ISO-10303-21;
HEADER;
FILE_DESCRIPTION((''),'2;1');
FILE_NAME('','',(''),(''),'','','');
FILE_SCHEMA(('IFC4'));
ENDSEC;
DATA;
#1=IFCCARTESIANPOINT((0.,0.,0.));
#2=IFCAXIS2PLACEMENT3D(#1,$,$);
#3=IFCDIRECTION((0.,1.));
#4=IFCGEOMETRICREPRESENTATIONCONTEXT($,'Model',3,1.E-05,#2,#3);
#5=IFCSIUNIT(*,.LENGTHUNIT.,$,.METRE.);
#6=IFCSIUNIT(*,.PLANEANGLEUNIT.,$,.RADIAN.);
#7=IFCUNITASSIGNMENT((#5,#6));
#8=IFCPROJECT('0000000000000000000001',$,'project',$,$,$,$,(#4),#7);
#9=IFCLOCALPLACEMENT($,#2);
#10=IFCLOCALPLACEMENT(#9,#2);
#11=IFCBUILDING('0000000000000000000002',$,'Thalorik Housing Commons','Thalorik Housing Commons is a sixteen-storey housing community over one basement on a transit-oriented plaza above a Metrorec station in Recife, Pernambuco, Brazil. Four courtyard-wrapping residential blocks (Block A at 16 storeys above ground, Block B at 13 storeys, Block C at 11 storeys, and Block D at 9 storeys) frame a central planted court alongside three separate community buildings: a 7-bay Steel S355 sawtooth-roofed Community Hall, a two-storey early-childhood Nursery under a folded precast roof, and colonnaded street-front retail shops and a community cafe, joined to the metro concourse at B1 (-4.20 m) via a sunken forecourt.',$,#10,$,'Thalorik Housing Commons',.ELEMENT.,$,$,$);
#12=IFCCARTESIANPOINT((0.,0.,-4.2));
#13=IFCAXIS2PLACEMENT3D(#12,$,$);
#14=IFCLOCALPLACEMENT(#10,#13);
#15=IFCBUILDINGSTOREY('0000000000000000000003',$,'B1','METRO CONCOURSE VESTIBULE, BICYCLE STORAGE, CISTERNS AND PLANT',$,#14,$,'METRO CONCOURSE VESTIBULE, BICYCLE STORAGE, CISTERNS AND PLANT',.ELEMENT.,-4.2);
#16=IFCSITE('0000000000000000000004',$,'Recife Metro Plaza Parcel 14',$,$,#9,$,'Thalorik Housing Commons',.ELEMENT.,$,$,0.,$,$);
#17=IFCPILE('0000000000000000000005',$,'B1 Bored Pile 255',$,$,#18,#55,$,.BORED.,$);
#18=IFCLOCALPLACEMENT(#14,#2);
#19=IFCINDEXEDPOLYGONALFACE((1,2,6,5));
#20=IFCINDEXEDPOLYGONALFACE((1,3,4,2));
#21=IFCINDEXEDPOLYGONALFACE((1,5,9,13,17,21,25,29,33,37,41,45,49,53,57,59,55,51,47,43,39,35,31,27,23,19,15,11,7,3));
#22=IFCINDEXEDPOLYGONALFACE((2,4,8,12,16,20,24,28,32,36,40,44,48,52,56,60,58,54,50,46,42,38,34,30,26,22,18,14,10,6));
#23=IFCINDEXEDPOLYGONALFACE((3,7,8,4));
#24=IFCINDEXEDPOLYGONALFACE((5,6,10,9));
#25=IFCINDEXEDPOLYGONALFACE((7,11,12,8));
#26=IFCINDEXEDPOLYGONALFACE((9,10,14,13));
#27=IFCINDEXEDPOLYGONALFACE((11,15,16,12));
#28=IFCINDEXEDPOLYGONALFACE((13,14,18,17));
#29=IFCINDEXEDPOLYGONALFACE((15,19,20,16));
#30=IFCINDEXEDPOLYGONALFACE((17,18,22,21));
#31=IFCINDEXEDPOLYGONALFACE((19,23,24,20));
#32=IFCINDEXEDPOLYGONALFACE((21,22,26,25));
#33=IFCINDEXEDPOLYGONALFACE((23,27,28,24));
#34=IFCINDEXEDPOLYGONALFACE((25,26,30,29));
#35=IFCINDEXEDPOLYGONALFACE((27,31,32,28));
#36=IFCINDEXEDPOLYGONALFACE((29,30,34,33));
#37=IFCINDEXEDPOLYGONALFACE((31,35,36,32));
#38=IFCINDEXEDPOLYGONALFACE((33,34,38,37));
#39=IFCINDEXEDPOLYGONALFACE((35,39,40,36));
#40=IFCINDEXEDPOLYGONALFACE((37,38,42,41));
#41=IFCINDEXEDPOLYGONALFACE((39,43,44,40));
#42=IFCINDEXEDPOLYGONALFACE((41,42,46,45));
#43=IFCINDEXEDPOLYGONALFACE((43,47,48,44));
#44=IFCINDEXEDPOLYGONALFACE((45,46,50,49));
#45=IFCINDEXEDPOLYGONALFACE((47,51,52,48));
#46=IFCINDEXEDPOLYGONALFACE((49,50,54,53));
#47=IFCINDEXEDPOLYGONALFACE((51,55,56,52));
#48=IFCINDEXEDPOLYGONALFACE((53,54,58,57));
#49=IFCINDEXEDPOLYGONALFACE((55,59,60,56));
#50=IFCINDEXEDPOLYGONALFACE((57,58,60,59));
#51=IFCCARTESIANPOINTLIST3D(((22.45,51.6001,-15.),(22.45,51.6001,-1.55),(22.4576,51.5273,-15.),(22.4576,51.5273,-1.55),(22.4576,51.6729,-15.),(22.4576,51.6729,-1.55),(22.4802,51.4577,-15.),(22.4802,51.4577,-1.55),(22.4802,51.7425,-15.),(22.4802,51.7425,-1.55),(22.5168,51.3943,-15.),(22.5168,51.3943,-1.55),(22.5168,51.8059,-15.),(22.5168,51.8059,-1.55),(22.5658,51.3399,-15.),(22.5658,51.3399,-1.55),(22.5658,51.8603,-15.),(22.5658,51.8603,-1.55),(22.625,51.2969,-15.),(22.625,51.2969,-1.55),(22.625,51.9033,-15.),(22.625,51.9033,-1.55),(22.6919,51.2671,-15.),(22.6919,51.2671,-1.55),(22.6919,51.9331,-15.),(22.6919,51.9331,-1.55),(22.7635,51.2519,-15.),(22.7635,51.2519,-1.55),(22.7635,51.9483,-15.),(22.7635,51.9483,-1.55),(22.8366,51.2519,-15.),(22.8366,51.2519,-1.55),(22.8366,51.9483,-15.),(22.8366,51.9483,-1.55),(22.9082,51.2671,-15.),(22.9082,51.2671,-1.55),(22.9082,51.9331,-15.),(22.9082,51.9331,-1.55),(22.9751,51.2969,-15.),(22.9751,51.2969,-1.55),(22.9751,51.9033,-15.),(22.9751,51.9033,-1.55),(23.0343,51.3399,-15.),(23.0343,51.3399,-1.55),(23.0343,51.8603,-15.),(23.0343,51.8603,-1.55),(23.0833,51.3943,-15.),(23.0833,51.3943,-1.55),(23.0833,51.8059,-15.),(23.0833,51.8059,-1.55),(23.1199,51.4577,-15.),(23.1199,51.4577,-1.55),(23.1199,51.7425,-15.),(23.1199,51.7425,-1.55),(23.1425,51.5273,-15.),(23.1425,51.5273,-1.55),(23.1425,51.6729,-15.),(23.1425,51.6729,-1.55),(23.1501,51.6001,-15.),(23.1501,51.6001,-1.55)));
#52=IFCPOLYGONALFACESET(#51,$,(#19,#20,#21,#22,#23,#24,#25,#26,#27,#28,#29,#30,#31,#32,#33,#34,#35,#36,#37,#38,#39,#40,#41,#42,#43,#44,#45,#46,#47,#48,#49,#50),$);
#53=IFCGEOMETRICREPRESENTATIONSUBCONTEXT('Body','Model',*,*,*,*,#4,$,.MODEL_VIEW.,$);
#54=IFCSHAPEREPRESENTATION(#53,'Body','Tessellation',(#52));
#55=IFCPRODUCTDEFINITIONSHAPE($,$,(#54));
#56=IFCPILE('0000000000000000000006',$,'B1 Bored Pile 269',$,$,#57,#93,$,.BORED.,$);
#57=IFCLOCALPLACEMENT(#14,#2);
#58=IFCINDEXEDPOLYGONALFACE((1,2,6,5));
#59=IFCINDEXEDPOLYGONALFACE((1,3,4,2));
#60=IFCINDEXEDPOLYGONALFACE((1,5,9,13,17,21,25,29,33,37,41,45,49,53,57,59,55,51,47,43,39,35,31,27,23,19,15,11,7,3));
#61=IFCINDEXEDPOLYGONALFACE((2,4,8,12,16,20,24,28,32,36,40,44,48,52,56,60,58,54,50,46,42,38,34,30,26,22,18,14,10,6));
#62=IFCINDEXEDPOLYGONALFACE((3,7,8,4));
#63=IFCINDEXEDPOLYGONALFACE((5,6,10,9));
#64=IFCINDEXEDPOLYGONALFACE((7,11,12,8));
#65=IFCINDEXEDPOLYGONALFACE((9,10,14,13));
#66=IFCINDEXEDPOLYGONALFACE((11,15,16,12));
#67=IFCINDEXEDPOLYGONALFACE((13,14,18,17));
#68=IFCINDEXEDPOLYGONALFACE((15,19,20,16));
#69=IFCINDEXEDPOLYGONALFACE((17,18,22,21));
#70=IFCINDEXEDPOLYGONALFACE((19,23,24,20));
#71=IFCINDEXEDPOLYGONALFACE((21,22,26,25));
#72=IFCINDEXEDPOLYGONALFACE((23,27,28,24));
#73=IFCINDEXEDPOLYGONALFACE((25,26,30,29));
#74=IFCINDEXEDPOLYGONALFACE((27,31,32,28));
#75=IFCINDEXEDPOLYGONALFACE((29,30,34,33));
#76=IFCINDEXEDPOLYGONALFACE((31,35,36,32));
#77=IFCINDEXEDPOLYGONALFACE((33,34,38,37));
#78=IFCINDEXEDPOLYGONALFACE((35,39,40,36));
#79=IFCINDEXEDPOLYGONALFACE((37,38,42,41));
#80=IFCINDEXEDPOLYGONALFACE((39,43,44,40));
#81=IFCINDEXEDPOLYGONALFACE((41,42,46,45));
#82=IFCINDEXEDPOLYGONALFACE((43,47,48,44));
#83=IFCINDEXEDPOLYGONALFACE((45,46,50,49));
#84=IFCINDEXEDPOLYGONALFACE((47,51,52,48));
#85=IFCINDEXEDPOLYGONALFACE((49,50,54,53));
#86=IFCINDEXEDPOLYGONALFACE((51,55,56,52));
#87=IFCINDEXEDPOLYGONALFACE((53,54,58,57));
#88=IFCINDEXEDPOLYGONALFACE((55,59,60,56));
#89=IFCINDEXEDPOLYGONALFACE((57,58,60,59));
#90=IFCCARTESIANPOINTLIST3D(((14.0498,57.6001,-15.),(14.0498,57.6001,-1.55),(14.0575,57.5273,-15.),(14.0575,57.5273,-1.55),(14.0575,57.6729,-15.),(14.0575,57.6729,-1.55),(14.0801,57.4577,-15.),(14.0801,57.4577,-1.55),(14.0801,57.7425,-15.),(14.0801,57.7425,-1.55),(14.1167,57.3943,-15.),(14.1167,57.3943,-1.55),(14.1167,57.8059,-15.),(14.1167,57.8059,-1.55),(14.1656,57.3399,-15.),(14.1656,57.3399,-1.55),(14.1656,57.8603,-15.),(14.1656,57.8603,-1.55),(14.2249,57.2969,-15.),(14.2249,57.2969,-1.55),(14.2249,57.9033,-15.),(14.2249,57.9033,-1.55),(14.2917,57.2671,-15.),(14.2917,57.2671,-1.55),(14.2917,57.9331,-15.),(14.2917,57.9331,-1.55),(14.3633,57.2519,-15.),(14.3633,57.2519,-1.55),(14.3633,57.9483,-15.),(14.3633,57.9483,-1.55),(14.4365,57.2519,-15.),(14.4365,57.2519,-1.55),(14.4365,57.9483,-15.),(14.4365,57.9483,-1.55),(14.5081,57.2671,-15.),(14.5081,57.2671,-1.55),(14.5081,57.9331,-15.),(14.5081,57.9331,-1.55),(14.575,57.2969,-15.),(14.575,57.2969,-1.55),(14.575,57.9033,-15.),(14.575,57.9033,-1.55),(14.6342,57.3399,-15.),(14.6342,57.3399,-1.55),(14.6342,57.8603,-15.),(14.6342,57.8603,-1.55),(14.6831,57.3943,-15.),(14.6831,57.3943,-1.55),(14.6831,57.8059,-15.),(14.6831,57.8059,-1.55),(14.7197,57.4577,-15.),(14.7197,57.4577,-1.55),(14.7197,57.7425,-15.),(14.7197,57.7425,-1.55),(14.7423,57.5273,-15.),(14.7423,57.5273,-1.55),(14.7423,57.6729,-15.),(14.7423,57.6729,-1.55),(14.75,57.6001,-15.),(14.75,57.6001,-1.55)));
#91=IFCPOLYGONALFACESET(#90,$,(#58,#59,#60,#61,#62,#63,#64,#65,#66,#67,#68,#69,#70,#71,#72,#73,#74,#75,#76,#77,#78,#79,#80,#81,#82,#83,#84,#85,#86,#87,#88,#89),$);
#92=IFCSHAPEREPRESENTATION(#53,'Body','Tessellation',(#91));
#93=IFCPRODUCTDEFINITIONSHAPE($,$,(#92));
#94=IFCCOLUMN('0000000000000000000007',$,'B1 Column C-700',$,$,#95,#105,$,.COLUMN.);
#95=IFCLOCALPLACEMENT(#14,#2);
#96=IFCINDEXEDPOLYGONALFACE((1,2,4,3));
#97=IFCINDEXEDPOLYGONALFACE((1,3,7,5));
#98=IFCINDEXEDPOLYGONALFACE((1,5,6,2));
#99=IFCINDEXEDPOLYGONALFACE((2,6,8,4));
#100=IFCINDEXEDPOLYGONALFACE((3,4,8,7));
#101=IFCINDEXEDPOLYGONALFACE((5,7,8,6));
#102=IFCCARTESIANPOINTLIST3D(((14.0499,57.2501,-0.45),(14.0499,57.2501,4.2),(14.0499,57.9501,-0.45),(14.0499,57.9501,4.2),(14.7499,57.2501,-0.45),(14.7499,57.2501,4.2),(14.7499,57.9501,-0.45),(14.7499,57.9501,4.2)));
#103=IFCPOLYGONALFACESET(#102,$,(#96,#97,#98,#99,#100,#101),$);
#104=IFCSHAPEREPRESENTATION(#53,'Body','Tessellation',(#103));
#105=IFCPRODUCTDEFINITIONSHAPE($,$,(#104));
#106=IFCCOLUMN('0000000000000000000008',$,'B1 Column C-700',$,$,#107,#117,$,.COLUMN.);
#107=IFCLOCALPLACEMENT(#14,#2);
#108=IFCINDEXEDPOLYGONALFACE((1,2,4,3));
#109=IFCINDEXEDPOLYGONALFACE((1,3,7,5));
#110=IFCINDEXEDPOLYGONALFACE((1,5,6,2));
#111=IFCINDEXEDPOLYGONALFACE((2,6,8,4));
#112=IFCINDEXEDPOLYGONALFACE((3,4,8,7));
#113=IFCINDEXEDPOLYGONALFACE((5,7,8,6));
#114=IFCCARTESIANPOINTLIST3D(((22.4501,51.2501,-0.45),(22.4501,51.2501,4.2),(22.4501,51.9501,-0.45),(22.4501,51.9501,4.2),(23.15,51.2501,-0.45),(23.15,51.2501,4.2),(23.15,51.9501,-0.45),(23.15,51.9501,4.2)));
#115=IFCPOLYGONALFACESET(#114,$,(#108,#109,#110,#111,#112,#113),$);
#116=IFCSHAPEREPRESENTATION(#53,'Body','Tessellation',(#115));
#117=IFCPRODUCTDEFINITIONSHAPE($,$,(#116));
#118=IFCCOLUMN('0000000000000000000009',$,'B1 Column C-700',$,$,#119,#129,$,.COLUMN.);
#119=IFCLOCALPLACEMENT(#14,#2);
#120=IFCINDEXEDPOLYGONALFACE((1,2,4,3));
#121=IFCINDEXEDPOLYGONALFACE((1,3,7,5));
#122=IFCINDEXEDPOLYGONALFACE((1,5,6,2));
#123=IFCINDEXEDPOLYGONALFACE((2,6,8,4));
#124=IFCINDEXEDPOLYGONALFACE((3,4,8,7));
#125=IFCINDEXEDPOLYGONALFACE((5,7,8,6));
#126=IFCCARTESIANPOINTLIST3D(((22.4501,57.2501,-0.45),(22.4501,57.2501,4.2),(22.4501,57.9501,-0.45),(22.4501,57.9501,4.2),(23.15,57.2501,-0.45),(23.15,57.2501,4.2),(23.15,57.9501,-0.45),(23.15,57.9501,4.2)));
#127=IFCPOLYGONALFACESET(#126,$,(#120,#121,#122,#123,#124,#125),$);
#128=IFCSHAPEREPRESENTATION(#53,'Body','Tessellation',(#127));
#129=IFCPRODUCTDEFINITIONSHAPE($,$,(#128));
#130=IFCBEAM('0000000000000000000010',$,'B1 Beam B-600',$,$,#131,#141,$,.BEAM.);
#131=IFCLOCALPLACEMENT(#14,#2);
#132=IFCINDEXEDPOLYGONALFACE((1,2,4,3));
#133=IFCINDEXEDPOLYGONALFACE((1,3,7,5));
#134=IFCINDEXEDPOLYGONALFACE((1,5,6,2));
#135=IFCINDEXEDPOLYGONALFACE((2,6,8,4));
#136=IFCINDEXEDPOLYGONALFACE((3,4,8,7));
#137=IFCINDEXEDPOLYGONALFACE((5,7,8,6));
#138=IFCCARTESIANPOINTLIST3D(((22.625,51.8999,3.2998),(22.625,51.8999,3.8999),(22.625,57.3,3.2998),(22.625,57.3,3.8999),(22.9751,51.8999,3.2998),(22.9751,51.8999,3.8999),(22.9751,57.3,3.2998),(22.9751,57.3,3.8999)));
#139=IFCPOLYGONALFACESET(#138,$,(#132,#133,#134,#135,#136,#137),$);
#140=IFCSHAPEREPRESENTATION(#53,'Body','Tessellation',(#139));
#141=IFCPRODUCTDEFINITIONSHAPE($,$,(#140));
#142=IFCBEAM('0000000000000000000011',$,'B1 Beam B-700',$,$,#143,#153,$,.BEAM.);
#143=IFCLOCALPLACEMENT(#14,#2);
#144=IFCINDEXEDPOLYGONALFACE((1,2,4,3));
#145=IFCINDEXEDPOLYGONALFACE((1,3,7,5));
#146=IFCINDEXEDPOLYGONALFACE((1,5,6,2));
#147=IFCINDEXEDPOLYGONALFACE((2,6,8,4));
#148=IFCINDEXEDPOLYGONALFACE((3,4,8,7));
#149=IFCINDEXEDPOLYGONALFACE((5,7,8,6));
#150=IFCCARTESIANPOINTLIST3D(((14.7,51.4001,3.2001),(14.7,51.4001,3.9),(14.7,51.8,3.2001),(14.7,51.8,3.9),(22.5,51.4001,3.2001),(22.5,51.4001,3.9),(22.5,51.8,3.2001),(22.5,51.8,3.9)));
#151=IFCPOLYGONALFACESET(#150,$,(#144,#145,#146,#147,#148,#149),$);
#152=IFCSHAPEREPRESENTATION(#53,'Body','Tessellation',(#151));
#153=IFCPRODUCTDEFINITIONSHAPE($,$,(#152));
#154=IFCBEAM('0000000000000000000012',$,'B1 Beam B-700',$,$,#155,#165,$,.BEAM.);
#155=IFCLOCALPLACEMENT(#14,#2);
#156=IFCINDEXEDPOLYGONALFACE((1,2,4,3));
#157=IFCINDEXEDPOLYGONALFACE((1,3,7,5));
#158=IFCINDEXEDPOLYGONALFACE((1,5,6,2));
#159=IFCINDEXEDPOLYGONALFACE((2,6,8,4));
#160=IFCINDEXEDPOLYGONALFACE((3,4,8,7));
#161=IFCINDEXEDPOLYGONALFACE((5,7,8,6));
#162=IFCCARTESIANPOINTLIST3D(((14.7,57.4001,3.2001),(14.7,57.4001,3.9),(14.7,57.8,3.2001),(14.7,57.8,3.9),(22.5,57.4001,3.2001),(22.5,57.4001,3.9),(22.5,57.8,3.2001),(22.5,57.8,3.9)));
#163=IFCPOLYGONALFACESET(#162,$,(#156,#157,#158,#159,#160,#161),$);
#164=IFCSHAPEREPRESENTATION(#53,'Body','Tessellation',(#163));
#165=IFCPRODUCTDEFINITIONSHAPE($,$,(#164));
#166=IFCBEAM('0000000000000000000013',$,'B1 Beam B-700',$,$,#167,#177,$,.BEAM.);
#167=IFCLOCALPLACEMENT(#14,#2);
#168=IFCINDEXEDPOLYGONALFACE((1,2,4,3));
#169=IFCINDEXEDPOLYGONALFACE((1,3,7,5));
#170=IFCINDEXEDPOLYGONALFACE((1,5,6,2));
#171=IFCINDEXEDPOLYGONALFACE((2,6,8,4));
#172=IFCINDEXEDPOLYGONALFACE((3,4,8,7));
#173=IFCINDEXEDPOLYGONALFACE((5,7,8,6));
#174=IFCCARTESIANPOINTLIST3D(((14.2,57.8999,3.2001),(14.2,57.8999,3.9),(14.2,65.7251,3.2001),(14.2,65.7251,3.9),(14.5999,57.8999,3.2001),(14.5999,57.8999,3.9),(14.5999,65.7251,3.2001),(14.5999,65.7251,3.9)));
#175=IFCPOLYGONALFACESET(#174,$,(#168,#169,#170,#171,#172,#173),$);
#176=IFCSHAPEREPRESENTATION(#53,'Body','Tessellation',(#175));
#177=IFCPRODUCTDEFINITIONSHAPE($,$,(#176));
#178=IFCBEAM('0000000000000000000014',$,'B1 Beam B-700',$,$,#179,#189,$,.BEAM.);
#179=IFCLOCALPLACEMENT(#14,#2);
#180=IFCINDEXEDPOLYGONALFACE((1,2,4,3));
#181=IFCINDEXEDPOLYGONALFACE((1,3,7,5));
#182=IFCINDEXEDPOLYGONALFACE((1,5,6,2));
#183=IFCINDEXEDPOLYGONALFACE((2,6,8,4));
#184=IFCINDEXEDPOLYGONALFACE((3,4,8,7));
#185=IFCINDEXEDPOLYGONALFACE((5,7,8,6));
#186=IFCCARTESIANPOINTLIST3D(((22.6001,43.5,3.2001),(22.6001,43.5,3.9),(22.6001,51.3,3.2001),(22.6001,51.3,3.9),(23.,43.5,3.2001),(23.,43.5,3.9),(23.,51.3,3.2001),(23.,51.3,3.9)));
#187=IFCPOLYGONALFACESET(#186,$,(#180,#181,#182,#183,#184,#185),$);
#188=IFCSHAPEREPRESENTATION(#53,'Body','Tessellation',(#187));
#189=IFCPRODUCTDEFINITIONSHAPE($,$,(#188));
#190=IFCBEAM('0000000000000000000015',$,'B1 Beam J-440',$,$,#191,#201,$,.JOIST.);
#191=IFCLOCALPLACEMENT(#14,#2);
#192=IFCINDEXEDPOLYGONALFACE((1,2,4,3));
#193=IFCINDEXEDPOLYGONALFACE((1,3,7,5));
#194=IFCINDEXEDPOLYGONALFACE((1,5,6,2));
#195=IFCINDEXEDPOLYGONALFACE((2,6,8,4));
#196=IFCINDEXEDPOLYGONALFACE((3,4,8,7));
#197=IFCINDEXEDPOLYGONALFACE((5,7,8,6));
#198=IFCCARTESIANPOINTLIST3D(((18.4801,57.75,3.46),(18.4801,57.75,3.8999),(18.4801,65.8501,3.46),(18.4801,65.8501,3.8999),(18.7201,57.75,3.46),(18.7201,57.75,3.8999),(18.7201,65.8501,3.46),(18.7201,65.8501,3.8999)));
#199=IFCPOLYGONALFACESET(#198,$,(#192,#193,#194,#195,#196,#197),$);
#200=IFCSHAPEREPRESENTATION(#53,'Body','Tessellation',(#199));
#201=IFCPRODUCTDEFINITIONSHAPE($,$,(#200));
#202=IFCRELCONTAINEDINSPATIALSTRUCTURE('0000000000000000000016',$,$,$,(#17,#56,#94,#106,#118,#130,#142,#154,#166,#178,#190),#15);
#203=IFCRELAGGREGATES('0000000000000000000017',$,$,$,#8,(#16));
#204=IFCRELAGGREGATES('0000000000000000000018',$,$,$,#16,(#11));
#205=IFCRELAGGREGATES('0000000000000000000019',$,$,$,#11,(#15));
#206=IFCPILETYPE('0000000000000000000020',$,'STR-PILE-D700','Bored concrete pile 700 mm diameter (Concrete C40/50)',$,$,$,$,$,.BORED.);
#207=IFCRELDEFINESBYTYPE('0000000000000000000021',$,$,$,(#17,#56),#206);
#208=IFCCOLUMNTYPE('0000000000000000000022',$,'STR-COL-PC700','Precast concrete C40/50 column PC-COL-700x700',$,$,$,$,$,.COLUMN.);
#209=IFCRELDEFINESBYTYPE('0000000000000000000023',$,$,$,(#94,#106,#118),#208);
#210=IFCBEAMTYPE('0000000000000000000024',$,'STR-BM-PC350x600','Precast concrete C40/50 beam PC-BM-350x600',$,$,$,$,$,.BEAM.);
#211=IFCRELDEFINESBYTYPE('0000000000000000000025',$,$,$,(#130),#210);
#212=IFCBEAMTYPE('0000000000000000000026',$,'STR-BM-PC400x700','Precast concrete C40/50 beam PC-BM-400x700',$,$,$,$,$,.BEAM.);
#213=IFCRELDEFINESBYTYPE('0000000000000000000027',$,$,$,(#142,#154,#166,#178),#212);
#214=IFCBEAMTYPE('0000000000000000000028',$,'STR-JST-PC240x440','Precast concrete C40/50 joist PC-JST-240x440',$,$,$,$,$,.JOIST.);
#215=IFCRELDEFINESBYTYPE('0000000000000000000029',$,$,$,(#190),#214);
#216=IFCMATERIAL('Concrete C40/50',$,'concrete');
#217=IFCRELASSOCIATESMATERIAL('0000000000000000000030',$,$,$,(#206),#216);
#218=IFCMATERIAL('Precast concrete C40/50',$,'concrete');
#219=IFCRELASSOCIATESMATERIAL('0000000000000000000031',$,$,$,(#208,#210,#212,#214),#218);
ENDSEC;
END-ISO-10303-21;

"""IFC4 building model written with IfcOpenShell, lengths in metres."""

from ifc_helpers import new_model, si_unit, direction, frame, origin, origin_2d, place, context, subcontext, project, spatial, rectangle, circle, extrude, material, material_profile, profile_set, type_object, element, save


model = new_model("IFC4")

# Units and contexts
model_context = context("Model", 3, precision=1e-05, world=origin(), true_north=direction((0.0, 1.0)))
body_context = subcontext(model_context, "Body", "Model", "MODEL_VIEW")
ifc_project = project(units=[si_unit("LENGTHUNIT", "METRE"), si_unit("PLANEANGLEUNIT", "RADIAN")], contexts=[model_context])

# Site, building, storey
site_placement = place(None, origin())
site = spatial("IfcSite", under=ifc_project, at=site_placement, Name="Recife Metro Plaza Parcel 14", LongName="Thalorik Housing Commons", CompositionType="ELEMENT", RefElevation=0.0)
building_placement = place(site_placement, origin())
building = spatial("IfcBuilding", under=site, at=building_placement, Name="Thalorik Housing Commons", Description="Thalorik Housing Commons is a sixteen-storey housing community over one basement on a transit-oriented plaza above a Metrorec station in Recife, Pernambuco, Brazil. Four courtyard-wrapping residential blocks (Block A at 16 storeys above ground, Block B at 13 storeys, Block C at 11 storeys, and Block D at 9 storeys) frame a central planted court alongside three separate community buildings: a 7-bay Steel S355 sawtooth-roofed Community Hall, a two-storey early-childhood Nursery under a folded precast roof, and colonnaded street-front retail shops and a community cafe, joined to the metro concourse at B1 (-4.20 m) via a sunken forecourt.", LongName="Thalorik Housing Commons", CompositionType="ELEMENT")
storey_placement = place(building_placement, frame((0.0, 0.0, -4.2)))
storey = spatial("IfcBuildingStorey", under=building, at=storey_placement, Name="B1", Description="METRO CONCOURSE VESTIBULE, BICYCLE STORAGE, CISTERNS AND PLANT", LongName="METRO CONCOURSE VESTIBULE, BICYCLE STORAGE, CISTERNS AND PLANT", CompositionType="ELEMENT", Elevation=-4.2)

# Shared definitions
ifc_material_1 = material(Name="Concrete C40/50", Category="concrete")

# Piles
ifc_material_profile_1 = material_profile(ifc_material_1, circle(Radius=0.3501, at=origin_2d()), Name="BORED PILE D700", Category="concrete")
ifc_profile_set_1 = profile_set([ifc_material_profile_1], Name="Concrete C40/50")
pile_type = type_object("IfcPileType", Name="STR-PILE-D700", Description="Bored concrete pile 700 mm diameter (Concrete C40/50)", PredefinedType="BORED", material=ifc_profile_set_1)
for number, where, z_axis, x_axis, name in (
    (1, (22.8, 51.6001, -1.55), (0.0, 0.0, -1.0), (1.0, 0.0, 0.0), "B1 Bored Pile 255"),
    (2, (14.3999, 57.6001, -1.55), (0.0, 0.0, -1.0), (1.0, 0.0, 0.0), "B1 Bored Pile 269"),
):
    element("IfcPile", number, at=place(storey_placement, frame(where, z_axis=z_axis, x_axis=x_axis)), inside=storey, type_object=pile_type, Name=name, PredefinedType="BORED", context=body_context, shape_type="SweptSolid", body=[
        extrude(circle(Radius=0.3501, at=origin_2d()), origin(), (0.0, 0.0, 1.0), 13.45),
    ])

# Columns
ifc_material_2 = material(Name="Precast concrete C40/50", Category="concrete")
ifc_material_profile_2 = material_profile(ifc_material_2, rectangle(XDim=0.7, YDim=0.7, at=origin_2d()), Name="PC 700x700", Category="concrete")
ifc_profile_set_2 = profile_set([ifc_material_profile_2], Name="Precast concrete C40/50")
column_type = type_object("IfcColumnType", Name="STR-COL-PC700", Description="Precast concrete C40/50 column PC-COL-700x700", PredefinedType="COLUMN", material=ifc_profile_set_2)
for number, where, z_axis, x_axis, name in (
    (3, (14.3999, 57.6001, -0.45), (0.0, 0.0, 1.0), (1.0, 0.0, 0.0), "B1 Column C-700"),
    (4, (22.8, 51.6001, -0.45), (0.0, 0.0, 1.0), (1.0, 0.0, 0.0), "B1 Column C-700"),
    (5, (22.8, 57.6001, -0.45), (0.0, 0.0, 1.0), (1.0, 0.0, 0.0), "B1 Column C-700"),
):
    element("IfcColumn", number, at=place(storey_placement, frame(where, z_axis=z_axis, x_axis=x_axis)), inside=storey, type_object=column_type, Name=name, PredefinedType="COLUMN", context=body_context, shape_type="SweptSolid", body=[
        extrude(rectangle(XDim=0.7, YDim=0.7, at=origin_2d()), origin(), (0.0, 0.0, 1.0), 4.6499),
    ])

# Beams
ifc_material_profile_3 = material_profile(ifc_material_2, rectangle(XDim=0.3501, YDim=0.6001, at=origin_2d()), Name="PC 350x600", Category="concrete")
ifc_profile_set_3 = profile_set([ifc_material_profile_3], Name="Precast concrete C40/50")
beam_type_1 = type_object("IfcBeamType", Name="STR-BM-PC350x600", Description="Precast concrete C40/50 beam PC-BM-350x600", PredefinedType="BEAM", material=ifc_profile_set_3)
beam_1_placement = place(storey_placement, frame((22.8, 51.8999, 3.5999), z_axis=(0.0, 1.0, 0.0), x_axis=(-1.0, 0.0, 0.0)))
element("IfcBeam", 6, at=beam_1_placement, inside=storey, type_object=beam_type_1, Name="B1 Beam B-600", PredefinedType="BEAM", context=body_context, shape_type="SweptSolid", body=[
    extrude(rectangle(XDim=0.3501, YDim=0.6001, at=origin_2d()), origin(), (0.0, 0.0, 1.0), 5.4001),
])
ifc_material_profile_4 = material_profile(ifc_material_2, rectangle(XDim=0.3999, YDim=0.7, at=origin_2d()), Name="PC 400x700", Category="concrete")
ifc_profile_set_4 = profile_set([ifc_material_profile_4], Name="Precast concrete C40/50")
beam_type_2 = type_object("IfcBeamType", Name="STR-BM-PC400x700", Description="Precast concrete C40/50 beam PC-BM-400x700", PredefinedType="BEAM", material=ifc_profile_set_4)
for number, where, z_axis, x_axis, name in (
    (7, (14.7, 51.6001, 3.55), (1.0, 0.0, 0.0), (0.0, 1.0, 0.0), "B1 Beam B-700"),
    (8, (14.7, 57.6001, 3.55), (1.0, 0.0, 0.0), (0.0, 1.0, 0.0), "B1 Beam B-700"),
):
    element("IfcBeam", number, at=place(storey_placement, frame(where, z_axis=z_axis, x_axis=x_axis)), inside=storey, type_object=beam_type_2, Name=name, PredefinedType="BEAM", context=body_context, shape_type="SweptSolid", body=[
        extrude(rectangle(XDim=0.3999, YDim=0.7, at=origin_2d()), origin(), (0.0, 0.0, 1.0), 7.8),
    ])
beam_2_placement = place(storey_placement, frame((14.3999, 57.8999, 3.55), z_axis=(0.0, 1.0, 0.0), x_axis=(-1.0, 0.0, 0.0)))
element("IfcBeam", 9, at=beam_2_placement, inside=storey, type_object=beam_type_2, Name="B1 Beam B-700", PredefinedType="BEAM", context=body_context, shape_type="SweptSolid", body=[
    extrude(rectangle(XDim=0.3999, YDim=0.7, at=origin_2d()), origin(), (0.0, 0.0, 1.0), 7.8252),
])
beam_3_placement = place(storey_placement, frame((22.8, 43.5, 3.55), z_axis=(0.0, 1.0, 0.0), x_axis=(-1.0, 0.0, 0.0)))
element("IfcBeam", 10, at=beam_3_placement, inside=storey, type_object=beam_type_2, Name="B1 Beam B-700", PredefinedType="BEAM", context=body_context, shape_type="SweptSolid", body=[
    extrude(rectangle(XDim=0.3999, YDim=0.7, at=origin_2d()), origin(), (0.0, 0.0, 1.0), 7.8),
])
ifc_material_profile_5 = material_profile(ifc_material_2, rectangle(XDim=0.24, YDim=0.4399, at=origin_2d()), Name="PC JST 240x440", Category="concrete")
ifc_profile_set_5 = profile_set([ifc_material_profile_5], Name="Precast concrete C40/50")
beam_type_3 = type_object("IfcBeamType", Name="STR-JST-PC240x440", Description="Precast concrete C40/50 joist PC-JST-240x440", PredefinedType="JOIST", material=ifc_profile_set_5)
beam_4_placement = place(storey_placement, frame((18.6001, 57.75, 3.6799), z_axis=(0.0, 1.0, 0.0), x_axis=(-1.0, 0.0, 0.0)))
element("IfcBeam", 11, at=beam_4_placement, inside=storey, type_object=beam_type_3, Name="B1 Beam J-440", PredefinedType="JOIST", context=body_context, shape_type="SweptSolid", body=[
    extrude(rectangle(XDim=0.24, YDim=0.4399, at=origin_2d()), origin(), (0.0, 0.0, 1.0), 8.1001),
])

save(model, "model.ifc")
